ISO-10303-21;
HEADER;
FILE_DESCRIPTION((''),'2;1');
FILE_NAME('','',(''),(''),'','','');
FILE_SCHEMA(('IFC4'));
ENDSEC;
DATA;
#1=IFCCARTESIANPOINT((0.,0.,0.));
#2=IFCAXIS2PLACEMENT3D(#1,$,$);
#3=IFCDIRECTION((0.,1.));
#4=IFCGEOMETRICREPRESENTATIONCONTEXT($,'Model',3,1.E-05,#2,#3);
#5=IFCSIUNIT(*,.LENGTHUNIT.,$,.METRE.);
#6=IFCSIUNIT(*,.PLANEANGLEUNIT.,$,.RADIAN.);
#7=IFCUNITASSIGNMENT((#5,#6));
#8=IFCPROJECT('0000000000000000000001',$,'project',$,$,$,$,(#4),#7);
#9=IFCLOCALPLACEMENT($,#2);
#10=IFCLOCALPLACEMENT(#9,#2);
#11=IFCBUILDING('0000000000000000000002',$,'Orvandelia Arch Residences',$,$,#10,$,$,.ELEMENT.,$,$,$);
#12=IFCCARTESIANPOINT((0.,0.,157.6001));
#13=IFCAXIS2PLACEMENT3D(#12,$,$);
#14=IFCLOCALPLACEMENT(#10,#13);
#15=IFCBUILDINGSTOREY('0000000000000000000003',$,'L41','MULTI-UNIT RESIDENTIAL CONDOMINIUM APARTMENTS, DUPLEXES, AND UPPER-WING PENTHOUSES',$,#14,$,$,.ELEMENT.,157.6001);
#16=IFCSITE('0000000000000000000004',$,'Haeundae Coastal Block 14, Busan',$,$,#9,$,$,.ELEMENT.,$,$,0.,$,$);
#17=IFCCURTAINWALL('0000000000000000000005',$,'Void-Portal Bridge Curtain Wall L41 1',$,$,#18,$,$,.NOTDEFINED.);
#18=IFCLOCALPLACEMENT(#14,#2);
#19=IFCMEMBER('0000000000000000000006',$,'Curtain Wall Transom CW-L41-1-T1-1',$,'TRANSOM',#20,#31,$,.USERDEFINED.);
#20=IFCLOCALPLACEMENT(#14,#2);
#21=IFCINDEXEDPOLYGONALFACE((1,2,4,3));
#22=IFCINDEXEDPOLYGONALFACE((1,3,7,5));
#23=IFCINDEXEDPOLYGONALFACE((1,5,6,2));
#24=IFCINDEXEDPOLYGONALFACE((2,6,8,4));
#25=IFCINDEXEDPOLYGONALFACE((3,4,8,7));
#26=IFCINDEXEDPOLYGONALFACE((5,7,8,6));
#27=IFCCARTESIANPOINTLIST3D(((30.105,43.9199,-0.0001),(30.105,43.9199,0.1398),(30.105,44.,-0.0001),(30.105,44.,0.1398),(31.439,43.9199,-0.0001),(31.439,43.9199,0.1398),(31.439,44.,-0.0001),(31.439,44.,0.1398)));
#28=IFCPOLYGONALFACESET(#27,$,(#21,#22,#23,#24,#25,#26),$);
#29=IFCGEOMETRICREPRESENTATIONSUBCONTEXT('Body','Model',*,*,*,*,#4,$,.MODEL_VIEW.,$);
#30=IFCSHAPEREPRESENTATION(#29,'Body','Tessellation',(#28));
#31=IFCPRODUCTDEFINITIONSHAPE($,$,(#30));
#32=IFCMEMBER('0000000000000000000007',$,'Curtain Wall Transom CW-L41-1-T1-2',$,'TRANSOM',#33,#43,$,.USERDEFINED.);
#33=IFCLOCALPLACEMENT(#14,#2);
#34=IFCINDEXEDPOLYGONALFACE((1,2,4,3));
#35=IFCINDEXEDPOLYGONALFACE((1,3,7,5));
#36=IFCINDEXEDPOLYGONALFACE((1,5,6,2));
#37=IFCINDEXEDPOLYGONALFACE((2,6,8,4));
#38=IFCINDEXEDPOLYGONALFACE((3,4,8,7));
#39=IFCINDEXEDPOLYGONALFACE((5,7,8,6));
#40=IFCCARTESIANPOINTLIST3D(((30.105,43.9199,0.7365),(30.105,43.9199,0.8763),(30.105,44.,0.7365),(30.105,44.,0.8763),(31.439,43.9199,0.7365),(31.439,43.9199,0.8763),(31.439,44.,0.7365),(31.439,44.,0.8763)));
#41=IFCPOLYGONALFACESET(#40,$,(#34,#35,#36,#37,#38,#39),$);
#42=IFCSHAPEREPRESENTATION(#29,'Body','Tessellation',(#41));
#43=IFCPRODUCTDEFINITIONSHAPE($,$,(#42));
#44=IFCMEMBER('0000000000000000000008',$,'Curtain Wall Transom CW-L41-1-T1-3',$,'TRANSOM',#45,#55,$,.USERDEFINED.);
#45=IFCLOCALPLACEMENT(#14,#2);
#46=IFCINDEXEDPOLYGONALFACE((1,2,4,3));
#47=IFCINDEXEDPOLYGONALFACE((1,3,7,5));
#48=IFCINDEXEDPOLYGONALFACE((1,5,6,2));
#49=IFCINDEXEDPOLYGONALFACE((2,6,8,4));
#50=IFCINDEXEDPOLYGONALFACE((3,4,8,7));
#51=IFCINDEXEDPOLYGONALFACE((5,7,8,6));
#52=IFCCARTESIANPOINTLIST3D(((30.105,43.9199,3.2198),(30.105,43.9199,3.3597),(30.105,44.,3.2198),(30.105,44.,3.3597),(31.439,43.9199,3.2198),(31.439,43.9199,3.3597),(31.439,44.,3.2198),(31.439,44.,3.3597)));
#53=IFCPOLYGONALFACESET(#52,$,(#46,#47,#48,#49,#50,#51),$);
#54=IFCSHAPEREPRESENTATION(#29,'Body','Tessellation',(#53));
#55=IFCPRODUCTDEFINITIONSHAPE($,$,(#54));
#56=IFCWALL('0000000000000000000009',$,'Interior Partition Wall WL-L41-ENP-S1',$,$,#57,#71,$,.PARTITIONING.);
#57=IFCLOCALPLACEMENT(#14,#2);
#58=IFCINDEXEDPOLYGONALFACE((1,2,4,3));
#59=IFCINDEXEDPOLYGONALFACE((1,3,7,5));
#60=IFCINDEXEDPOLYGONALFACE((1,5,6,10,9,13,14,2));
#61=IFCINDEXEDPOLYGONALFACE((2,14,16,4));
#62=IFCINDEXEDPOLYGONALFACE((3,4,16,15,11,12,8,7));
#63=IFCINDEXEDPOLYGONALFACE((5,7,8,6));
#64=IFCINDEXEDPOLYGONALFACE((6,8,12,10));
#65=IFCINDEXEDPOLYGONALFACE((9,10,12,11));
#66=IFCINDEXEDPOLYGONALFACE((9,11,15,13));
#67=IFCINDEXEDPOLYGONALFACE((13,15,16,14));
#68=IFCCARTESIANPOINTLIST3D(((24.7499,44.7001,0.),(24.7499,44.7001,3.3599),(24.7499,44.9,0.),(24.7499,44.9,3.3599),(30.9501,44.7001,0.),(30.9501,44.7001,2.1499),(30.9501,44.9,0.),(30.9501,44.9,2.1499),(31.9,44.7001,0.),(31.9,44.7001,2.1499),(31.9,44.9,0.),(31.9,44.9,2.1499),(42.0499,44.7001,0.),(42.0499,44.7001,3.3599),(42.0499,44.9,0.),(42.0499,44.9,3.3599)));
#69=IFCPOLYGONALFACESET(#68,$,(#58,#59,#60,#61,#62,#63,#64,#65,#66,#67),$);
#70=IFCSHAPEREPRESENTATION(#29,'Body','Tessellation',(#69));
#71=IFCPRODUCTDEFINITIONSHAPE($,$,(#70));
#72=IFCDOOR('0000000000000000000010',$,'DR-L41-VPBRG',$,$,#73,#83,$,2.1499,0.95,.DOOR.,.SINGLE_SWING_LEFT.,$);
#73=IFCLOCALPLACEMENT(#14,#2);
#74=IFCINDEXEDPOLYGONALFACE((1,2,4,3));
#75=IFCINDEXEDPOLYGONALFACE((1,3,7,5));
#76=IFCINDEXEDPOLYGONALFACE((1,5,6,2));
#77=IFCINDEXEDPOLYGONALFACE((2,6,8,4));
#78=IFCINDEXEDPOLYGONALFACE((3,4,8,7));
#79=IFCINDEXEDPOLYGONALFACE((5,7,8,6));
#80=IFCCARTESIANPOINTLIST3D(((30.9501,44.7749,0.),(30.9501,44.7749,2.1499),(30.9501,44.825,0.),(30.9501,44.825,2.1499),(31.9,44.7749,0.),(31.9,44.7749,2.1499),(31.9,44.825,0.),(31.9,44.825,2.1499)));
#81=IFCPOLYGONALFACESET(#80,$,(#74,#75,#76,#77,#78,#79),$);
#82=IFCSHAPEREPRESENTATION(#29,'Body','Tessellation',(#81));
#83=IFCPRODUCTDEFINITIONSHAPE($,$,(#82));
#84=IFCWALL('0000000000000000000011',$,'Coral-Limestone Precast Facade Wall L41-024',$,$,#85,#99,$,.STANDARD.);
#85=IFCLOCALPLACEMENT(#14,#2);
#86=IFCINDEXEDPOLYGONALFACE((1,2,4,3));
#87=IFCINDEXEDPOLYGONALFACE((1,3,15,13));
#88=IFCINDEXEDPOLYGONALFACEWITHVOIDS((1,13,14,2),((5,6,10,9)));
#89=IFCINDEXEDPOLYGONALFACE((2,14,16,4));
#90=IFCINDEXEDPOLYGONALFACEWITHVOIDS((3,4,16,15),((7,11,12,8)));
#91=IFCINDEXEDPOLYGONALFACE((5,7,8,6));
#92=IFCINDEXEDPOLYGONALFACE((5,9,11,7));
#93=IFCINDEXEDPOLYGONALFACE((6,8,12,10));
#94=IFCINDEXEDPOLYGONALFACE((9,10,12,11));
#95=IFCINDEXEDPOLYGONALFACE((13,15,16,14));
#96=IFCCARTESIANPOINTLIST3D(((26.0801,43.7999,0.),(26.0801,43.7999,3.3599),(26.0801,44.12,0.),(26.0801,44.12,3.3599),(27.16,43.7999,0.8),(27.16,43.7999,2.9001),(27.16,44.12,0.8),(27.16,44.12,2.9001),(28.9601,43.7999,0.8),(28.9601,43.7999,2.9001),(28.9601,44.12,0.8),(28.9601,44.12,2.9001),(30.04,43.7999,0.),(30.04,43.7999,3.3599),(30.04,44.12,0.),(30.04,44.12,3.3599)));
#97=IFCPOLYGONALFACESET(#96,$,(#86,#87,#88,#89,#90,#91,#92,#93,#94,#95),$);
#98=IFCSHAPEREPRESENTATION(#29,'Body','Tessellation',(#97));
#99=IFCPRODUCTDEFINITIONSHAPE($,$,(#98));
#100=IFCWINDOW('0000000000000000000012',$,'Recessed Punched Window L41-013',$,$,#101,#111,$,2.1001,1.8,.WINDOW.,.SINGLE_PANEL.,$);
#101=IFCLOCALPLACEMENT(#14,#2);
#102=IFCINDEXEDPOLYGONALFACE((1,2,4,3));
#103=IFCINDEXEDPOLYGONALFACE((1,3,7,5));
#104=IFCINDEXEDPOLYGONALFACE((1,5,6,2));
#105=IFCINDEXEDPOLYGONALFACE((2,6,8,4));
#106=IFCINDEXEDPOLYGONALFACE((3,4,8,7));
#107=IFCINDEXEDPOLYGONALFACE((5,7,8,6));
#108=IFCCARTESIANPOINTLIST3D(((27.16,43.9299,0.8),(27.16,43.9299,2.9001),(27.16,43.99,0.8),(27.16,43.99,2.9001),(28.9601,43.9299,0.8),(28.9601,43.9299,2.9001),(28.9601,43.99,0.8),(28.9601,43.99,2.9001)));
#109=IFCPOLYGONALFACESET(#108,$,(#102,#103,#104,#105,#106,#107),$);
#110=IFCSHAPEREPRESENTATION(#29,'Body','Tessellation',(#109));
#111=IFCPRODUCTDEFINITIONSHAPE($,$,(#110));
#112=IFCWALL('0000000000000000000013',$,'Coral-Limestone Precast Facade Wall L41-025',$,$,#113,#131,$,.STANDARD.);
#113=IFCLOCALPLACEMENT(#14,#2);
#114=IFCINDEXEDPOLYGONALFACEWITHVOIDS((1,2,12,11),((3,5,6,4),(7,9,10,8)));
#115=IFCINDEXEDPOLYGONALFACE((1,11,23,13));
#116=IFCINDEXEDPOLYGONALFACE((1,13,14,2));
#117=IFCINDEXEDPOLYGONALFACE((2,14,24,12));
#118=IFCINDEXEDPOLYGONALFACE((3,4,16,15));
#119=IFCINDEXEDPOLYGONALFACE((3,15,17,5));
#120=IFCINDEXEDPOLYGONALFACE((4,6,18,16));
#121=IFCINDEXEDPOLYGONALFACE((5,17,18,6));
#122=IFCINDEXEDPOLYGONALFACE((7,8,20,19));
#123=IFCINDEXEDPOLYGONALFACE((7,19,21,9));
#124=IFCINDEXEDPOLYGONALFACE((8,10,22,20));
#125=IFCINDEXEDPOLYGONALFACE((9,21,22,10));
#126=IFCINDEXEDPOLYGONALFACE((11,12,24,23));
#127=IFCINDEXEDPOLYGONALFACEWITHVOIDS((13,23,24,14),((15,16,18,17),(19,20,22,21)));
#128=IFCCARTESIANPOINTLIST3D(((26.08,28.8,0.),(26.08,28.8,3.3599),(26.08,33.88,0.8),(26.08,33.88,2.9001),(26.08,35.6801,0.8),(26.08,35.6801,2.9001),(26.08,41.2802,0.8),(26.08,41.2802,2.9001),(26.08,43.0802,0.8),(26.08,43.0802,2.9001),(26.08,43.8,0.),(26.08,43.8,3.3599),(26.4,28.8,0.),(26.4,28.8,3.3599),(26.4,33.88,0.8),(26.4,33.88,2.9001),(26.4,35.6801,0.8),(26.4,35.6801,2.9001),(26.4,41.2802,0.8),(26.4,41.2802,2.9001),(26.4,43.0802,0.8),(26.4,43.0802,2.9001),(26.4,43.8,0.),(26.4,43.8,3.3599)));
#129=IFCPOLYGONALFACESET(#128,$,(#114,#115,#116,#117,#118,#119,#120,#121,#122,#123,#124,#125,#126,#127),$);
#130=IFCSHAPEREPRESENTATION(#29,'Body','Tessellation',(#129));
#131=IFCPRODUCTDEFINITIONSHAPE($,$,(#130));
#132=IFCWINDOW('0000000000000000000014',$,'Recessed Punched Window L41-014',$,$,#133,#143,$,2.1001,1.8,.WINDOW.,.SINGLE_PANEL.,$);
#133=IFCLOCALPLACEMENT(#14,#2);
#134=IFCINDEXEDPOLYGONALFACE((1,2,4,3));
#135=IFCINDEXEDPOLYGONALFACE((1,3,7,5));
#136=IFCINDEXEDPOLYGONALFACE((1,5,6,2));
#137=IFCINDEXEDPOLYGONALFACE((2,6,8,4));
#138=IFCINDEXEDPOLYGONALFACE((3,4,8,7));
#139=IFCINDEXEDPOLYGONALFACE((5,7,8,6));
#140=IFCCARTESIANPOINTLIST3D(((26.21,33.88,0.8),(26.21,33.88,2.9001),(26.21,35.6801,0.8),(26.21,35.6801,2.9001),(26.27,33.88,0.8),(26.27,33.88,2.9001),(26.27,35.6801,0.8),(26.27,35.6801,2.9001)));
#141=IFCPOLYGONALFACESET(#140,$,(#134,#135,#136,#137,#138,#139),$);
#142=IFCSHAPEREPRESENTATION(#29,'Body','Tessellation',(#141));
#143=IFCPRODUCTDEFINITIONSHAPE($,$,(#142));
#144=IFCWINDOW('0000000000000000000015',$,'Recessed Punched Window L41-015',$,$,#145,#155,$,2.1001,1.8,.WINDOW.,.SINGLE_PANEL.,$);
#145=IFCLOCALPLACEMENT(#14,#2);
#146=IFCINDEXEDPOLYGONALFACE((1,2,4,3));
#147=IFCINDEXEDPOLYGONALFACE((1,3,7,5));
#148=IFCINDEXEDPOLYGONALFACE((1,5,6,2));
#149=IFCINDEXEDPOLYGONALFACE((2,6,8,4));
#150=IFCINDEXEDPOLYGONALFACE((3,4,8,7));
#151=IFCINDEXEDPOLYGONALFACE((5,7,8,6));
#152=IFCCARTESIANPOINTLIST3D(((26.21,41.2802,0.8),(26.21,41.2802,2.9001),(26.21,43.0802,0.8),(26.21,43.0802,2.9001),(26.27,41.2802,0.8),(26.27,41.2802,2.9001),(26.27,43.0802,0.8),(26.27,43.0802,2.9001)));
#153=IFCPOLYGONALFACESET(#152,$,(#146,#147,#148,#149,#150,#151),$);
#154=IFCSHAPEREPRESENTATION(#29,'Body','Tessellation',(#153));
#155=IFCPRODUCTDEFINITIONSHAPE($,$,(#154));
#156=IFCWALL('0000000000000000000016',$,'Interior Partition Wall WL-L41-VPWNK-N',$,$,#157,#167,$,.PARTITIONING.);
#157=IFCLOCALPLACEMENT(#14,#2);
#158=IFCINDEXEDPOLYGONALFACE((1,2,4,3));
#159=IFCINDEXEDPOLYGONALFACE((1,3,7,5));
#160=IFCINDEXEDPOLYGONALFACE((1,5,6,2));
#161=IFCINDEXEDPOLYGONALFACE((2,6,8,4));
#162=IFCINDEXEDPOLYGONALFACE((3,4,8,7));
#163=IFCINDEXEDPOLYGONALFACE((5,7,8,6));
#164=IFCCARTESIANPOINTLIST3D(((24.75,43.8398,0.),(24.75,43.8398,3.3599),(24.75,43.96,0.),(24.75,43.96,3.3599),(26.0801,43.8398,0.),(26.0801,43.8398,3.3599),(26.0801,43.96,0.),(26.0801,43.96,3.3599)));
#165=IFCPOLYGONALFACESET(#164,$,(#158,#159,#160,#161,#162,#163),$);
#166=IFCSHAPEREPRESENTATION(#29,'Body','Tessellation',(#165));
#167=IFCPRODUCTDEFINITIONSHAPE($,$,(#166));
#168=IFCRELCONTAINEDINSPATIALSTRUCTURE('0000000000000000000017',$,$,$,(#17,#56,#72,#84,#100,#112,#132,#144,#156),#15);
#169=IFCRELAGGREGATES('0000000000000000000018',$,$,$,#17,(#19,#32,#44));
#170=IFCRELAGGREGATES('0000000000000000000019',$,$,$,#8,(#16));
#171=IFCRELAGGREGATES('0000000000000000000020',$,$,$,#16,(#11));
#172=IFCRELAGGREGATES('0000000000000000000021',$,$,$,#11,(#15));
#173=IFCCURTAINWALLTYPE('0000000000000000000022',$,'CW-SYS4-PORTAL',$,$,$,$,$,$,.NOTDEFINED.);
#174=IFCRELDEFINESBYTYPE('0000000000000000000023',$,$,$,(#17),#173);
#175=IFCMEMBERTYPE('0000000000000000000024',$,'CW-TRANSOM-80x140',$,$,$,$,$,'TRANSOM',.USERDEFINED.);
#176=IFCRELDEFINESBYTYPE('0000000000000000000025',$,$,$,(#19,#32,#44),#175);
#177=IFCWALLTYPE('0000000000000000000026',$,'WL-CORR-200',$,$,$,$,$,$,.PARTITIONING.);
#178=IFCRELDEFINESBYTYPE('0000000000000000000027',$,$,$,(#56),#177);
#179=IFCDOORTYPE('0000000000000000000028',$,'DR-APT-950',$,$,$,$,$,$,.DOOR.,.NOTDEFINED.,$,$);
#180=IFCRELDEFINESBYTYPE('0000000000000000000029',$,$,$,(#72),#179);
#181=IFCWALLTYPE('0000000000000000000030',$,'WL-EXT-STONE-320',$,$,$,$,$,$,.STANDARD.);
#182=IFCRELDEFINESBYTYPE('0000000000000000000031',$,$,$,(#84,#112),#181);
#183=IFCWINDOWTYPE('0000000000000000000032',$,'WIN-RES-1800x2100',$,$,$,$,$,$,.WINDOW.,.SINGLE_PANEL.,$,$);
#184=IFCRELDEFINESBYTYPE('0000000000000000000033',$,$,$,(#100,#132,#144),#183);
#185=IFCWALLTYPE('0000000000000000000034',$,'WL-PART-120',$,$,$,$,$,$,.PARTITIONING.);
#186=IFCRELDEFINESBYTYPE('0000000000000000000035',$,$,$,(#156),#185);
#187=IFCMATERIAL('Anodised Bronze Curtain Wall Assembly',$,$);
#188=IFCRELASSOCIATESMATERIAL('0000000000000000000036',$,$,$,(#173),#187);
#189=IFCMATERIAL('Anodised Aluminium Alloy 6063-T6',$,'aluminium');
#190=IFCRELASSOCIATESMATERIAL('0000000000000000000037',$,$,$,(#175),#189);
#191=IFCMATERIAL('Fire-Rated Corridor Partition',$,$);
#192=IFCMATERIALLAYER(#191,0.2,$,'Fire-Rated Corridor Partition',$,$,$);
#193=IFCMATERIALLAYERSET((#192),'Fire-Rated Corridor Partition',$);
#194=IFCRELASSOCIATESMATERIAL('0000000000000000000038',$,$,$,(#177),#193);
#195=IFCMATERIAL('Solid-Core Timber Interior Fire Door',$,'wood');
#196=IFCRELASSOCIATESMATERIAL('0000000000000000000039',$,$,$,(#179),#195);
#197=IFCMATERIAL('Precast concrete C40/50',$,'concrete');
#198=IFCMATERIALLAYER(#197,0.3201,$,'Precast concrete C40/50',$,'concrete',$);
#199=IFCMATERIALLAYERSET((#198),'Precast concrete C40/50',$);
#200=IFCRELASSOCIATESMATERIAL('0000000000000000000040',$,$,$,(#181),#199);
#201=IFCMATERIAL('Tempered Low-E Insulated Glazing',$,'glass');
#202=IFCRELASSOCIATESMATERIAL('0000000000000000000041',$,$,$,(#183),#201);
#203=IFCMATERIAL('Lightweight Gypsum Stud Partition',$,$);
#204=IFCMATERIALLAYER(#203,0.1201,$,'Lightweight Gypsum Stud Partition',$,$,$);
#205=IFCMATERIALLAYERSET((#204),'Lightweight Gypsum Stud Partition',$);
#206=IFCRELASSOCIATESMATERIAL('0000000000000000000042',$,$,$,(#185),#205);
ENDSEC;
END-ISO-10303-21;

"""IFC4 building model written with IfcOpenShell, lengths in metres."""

from ifc_helpers import new_model, si_unit, direction, frame, frame_2d, origin, origin_2d, place, context, subcontext, project, spatial, rectangle, extrude, material, layer, layer_set, material_profile, profile_set, type_object, element, fill, aggregate, save


model = new_model("IFC4")

# Units and contexts
model_context = context("Model", 3, precision=1e-05, world=origin(), true_north=direction((0.0, 1.0)))
body_context = subcontext(model_context, "Body", "Model", "MODEL_VIEW")
ifc_project = project(units=[si_unit("LENGTHUNIT", "METRE"), si_unit("PLANEANGLEUNIT", "RADIAN")], contexts=[model_context])

# Site, building, storey
site_placement = place(None, origin())
site = spatial("IfcSite", under=ifc_project, at=site_placement, Name="Haeundae Coastal Block 14, Busan", CompositionType="ELEMENT", RefElevation=0.0)
building_placement = place(site_placement, origin())
building = spatial("IfcBuilding", under=site, at=building_placement, Name="Orvandelia Arch Residences", CompositionType="ELEMENT")
storey_placement = place(building_placement, frame((0.0, 0.0, 157.6001)))
storey = spatial("IfcBuildingStorey", under=building, at=storey_placement, Name="L41", Description="MULTI-UNIT RESIDENTIAL CONDOMINIUM APARTMENTS, DUPLEXES, AND UPPER-WING PENTHOUSES", CompositionType="ELEMENT", Elevation=157.6001)

# Curtain wall, members
ifc_material_1 = material(Name="Anodised Bronze Curtain Wall Assembly")
curtain_wall_type = type_object("IfcCurtainWallType", Name="CW-SYS4-PORTAL", PredefinedType="NOTDEFINED", material=ifc_material_1)
curtain_wall_placement = place(storey_placement, origin())
curtain_wall = element("IfcCurtainWall", 1, at=curtain_wall_placement, inside=storey, type_object=curtain_wall_type, Name="Void-Portal Bridge Curtain Wall L41 1", PredefinedType="NOTDEFINED")
ifc_material_2 = material(Name="Anodised Aluminium Alloy 6063-T6", Category="aluminium")
ifc_material_profile_1 = material_profile(ifc_material_2, rectangle(XDim=0.0801, YDim=0.1399, at=origin_2d()), Name="Anodised Aluminium Alloy 6063-T6", Category="aluminium")
ifc_profile_set_1 = profile_set([ifc_material_profile_1], Name="Anodised Aluminium Alloy 6063-T6")
member_type_1 = type_object("IfcMemberType", Name="CW-TRANSOM-80x140", ElementType="TRANSOM", PredefinedType="USERDEFINED", material=ifc_profile_set_1)
member_1_placement = place(storey_placement, frame((30.105, 43.96, 0.0698), z_axis=(1.0, 0.0, 0.0), x_axis=(0.0, 1.0, 0.0)))
member_1 = element("IfcMember", 2, at=member_1_placement, type_object=member_type_1, Name="Curtain Wall Transom CW-L41-1-T1-1", ObjectType="TRANSOM", PredefinedType="USERDEFINED", context=body_context, shape_type="SweptSolid", body=[
    extrude(rectangle(XDim=0.0801, YDim=0.1399, at=origin_2d()), origin(), (0.0, 0.0, 1.0), 1.334),
])
member_2_placement = place(storey_placement, frame((30.105, 43.96, 0.8064), z_axis=(1.0, 0.0, 0.0), x_axis=(0.0, 1.0, 0.0)))
member_2 = element("IfcMember", 3, at=member_2_placement, type_object=member_type_1, Name="Curtain Wall Transom CW-L41-1-T1-2", ObjectType="TRANSOM", PredefinedType="USERDEFINED", context=body_context, shape_type="SweptSolid", body=[
    extrude(rectangle(XDim=0.0801, YDim=0.1399, at=origin_2d()), origin(), (0.0, 0.0, 1.0), 1.334),
])
member_3_placement = place(storey_placement, frame((30.105, 43.96, 3.2898), z_axis=(1.0, 0.0, 0.0), x_axis=(0.0, 1.0, 0.0)))
member_3 = element("IfcMember", 4, at=member_3_placement, type_object=member_type_1, Name="Curtain Wall Transom CW-L41-1-T1-3", ObjectType="TRANSOM", PredefinedType="USERDEFINED", context=body_context, shape_type="SweptSolid", body=[
    extrude(rectangle(XDim=0.0801, YDim=0.1399, at=origin_2d()), origin(), (0.0, 0.0, 1.0), 1.334),
])
aggregate(curtain_wall, [member_1, member_2, member_3])

# Wall, opening, door
ifc_material_3 = material(Name="Fire-Rated Corridor Partition")
ifc_layer_1 = layer(ifc_material_3, 0.2, Name="Fire-Rated Corridor Partition")
ifc_layer_set_1 = layer_set([ifc_layer_1], Name="Fire-Rated Corridor Partition")
wall_type_1 = type_object("IfcWallType", Name="WL-CORR-200", PredefinedType="PARTITIONING", material=ifc_layer_set_1)
wall_1_placement = place(storey_placement, frame((24.75, 44.8, 0.0), z_axis=(0.0, 0.0, 1.0), x_axis=(1.0, 0.0, 0.0)))
wall_1 = element("IfcWall", 5, at=wall_1_placement, inside=storey, type_object=wall_type_1, Name="Interior Partition Wall WL-L41-ENP-S1", PredefinedType="PARTITIONING", context=body_context, shape_type="SweptSolid", body=[
    extrude(rectangle(XDim=17.3, YDim=0.2, at=frame_2d((8.6499, 0.0))), origin(), (0.0, 0.0, 1.0), 3.3599),
])
opening_1_placement = place(wall_1_placement, frame((6.2, 0.0, 0.0)))
opening_1 = element("IfcOpeningElement", 6, at=opening_1_placement, cuts=wall_1, PredefinedType="OPENING", context=body_context, shape_type="SweptSolid", body=[
    extrude(rectangle(XDim=0.95, YDim=2.1499, at=frame_2d((0.4751, 1.075))), frame((0.0, 0.1099, 0.0), z_axis=(0.0, -1.0, 0.0), x_axis=(1.0, 0.0, 0.0)), (0.0, 0.0, 1.0), 0.22),
])
ifc_material_4 = material(Name="Solid-Core Timber Interior Fire Door", Category="wood")
door_type_1 = type_object("IfcDoorType", Name="DR-APT-950", OperationType="NOTDEFINED", PredefinedType="DOOR", material=ifc_material_4)
door_1_placement = place(opening_1_placement, origin())
door_1 = element("IfcDoor", 7, at=door_1_placement, inside=storey, type_object=door_type_1, Name="DR-L41-VPBRG", OperationType="SINGLE_SWING_LEFT", OverallHeight=2.1499, OverallWidth=0.95, PredefinedType="DOOR", context=body_context, shape_type="SweptSolid", body=[
    extrude(rectangle(XDim=0.95, YDim=2.1499, at=frame_2d((0.4751, 1.075))), frame((0.0, 0.0249, 0.0), z_axis=(0.0, -1.0, 0.0), x_axis=(1.0, 0.0, 0.0)), (0.0, 0.0, 1.0), 0.05),
])
fill(opening_1, door_1)

# Wall, opening, window
ifc_material_5 = material(Name="Precast concrete C40/50", Category="concrete")
ifc_layer_2 = layer(ifc_material_5, 0.3201, Name="Precast concrete C40/50", Category="concrete")
ifc_layer_set_2 = layer_set([ifc_layer_2], Name="Precast concrete C40/50")
wall_type_2 = type_object("IfcWallType", Name="WL-EXT-STONE-320", PredefinedType="STANDARD", material=ifc_layer_set_2)
wall_2_placement = place(storey_placement, frame((30.04, 43.96, 0.0), z_axis=(0.0, 0.0, 1.0), x_axis=(-1.0, 0.0, 0.0)))
wall_2 = element("IfcWall", 8, at=wall_2_placement, inside=storey, type_object=wall_type_2, Name="Coral-Limestone Precast Facade Wall L41-024", PredefinedType="STANDARD", context=body_context, shape_type="SweptSolid", body=[
    extrude(rectangle(XDim=3.96, YDim=0.3201, at=frame_2d((1.98, 0.0))), origin(), (0.0, 0.0, 1.0), 3.3599),
])
opening_2_placement = place(wall_2_placement, frame((1.0801, 0.0, 0.8)))
opening_2 = element("IfcOpeningElement", 9, at=opening_2_placement, cuts=wall_2, PredefinedType="OPENING", context=body_context, shape_type="SweptSolid", body=[
    extrude(rectangle(XDim=1.8, YDim=2.1001, at=frame_2d((0.8999, 1.05))), frame((0.0, 0.1699, 0.0), z_axis=(0.0, -1.0, 0.0), x_axis=(1.0, 0.0, 0.0)), (0.0, 0.0, 1.0), 0.3401),
])
ifc_material_6 = material(Name="Tempered Low-E Insulated Glazing", Category="glass")
window_type = type_object("IfcWindowType", Name="WIN-RES-1800x2100", PartitioningType="SINGLE_PANEL", PredefinedType="WINDOW", material=ifc_material_6)
window_1_placement = place(opening_2_placement, origin())
window_1 = element("IfcWindow", 10, at=window_1_placement, inside=storey, type_object=window_type, Name="Recessed Punched Window L41-013", OverallHeight=2.1001, OverallWidth=1.8, PartitioningType="SINGLE_PANEL", PredefinedType="WINDOW", context=body_context, shape_type="SweptSolid", body=[
    extrude(rectangle(XDim=1.8, YDim=2.1001, at=frame_2d((0.8999, 1.05))), frame((0.0, 0.03, 0.0), z_axis=(0.0, -1.0, 0.0), x_axis=(1.0, 0.0, 0.0)), (0.0, 0.0, 1.0), 0.0601),
])
fill(opening_2, window_1)

# Wall, openings, windows
wall_3_placement = place(storey_placement, frame((26.24, 43.8, 0.0), z_axis=(0.0, 0.0, 1.0), x_axis=(0.0, -1.0, 0.0)))
wall_3 = element("IfcWall", 11, at=wall_3_placement, inside=storey, type_object=wall_type_2, Name="Coral-Limestone Precast Facade Wall L41-025", PredefinedType="STANDARD", context=body_context, shape_type="SweptSolid", body=[
    extrude(rectangle(XDim=15.0, YDim=0.3201, at=frame_2d((7.5, 0.0))), origin(), (0.0, 0.0, 1.0), 3.3599),
])
opening_3_placement = place(wall_3_placement, frame((8.1201, 0.0, 0.8)))
opening_3 = element("IfcOpeningElement", 12, at=opening_3_placement, cuts=wall_3, PredefinedType="OPENING", context=body_context, shape_type="SweptSolid", body=[
    extrude(rectangle(XDim=1.8, YDim=2.1001, at=frame_2d((0.8999, 1.05))), frame((0.0, 0.1699, 0.0), z_axis=(0.0, -1.0, 0.0), x_axis=(1.0, 0.0, 0.0)), (0.0, 0.0, 1.0), 0.3401),
])
opening_4_placement = place(wall_3_placement, frame((0.72, 0.0, 0.8)))
opening_4 = element("IfcOpeningElement", 13, at=opening_4_placement, cuts=wall_3, PredefinedType="OPENING", context=body_context, shape_type="SweptSolid", body=[
    extrude(rectangle(XDim=1.8, YDim=2.1001, at=frame_2d((0.8999, 1.05))), frame((0.0, 0.1699, 0.0), z_axis=(0.0, -1.0, 0.0), x_axis=(1.0, 0.0, 0.0)), (0.0, 0.0, 1.0), 0.3401),
])
window_2_placement = place(opening_3_placement, origin())
window_2 = element("IfcWindow", 14, at=window_2_placement, inside=storey, type_object=window_type, Name="Recessed Punched Window L41-014", OverallHeight=2.1001, OverallWidth=1.8, PartitioningType="SINGLE_PANEL", PredefinedType="WINDOW", context=body_context, shape_type="SweptSolid", body=[
    extrude(rectangle(XDim=1.8, YDim=2.1001, at=frame_2d((0.8999, 1.05))), frame((0.0, 0.03, 0.0), z_axis=(0.0, -1.0, 0.0), x_axis=(1.0, 0.0, 0.0)), (0.0, 0.0, 1.0), 0.0601),
])
fill(opening_3, window_2)
window_3_placement = place(opening_4_placement, origin())
window_3 = element("IfcWindow", 15, at=window_3_placement, inside=storey, type_object=window_type, Name="Recessed Punched Window L41-015", OverallHeight=2.1001, OverallWidth=1.8, PartitioningType="SINGLE_PANEL", PredefinedType="WINDOW", context=body_context, shape_type="SweptSolid", body=[
    extrude(rectangle(XDim=1.8, YDim=2.1001, at=frame_2d((0.8999, 1.05))), frame((0.0, 0.03, 0.0), z_axis=(0.0, -1.0, 0.0), x_axis=(1.0, 0.0, 0.0)), (0.0, 0.0, 1.0), 0.0601),
])
fill(opening_4, window_3)

# Wall
ifc_material_7 = material(Name="Lightweight Gypsum Stud Partition")
ifc_layer_3 = layer(ifc_material_7, 0.1201, Name="Lightweight Gypsum Stud Partition")
ifc_layer_set_3 = layer_set([ifc_layer_3], Name="Lightweight Gypsum Stud Partition")
wall_type_3 = type_object("IfcWallType", Name="WL-PART-120", PredefinedType="PARTITIONING", material=ifc_layer_set_3)
wall_4_placement = place(storey_placement, frame((24.75, 43.8999, 0.0), z_axis=(0.0, 0.0, 1.0), x_axis=(1.0, 0.0, 0.0)))
element("IfcWall", 16, at=wall_4_placement, inside=storey, type_object=wall_type_3, Name="Interior Partition Wall WL-L41-VPWNK-N", PredefinedType="PARTITIONING", context=body_context, shape_type="SweptSolid", body=[
    extrude(rectangle(XDim=1.3301, YDim=0.1201, at=frame_2d((0.665, 0.0))), origin(), (0.0, 0.0, 1.0), 3.3599),
])

save(model, "model.ifc")
